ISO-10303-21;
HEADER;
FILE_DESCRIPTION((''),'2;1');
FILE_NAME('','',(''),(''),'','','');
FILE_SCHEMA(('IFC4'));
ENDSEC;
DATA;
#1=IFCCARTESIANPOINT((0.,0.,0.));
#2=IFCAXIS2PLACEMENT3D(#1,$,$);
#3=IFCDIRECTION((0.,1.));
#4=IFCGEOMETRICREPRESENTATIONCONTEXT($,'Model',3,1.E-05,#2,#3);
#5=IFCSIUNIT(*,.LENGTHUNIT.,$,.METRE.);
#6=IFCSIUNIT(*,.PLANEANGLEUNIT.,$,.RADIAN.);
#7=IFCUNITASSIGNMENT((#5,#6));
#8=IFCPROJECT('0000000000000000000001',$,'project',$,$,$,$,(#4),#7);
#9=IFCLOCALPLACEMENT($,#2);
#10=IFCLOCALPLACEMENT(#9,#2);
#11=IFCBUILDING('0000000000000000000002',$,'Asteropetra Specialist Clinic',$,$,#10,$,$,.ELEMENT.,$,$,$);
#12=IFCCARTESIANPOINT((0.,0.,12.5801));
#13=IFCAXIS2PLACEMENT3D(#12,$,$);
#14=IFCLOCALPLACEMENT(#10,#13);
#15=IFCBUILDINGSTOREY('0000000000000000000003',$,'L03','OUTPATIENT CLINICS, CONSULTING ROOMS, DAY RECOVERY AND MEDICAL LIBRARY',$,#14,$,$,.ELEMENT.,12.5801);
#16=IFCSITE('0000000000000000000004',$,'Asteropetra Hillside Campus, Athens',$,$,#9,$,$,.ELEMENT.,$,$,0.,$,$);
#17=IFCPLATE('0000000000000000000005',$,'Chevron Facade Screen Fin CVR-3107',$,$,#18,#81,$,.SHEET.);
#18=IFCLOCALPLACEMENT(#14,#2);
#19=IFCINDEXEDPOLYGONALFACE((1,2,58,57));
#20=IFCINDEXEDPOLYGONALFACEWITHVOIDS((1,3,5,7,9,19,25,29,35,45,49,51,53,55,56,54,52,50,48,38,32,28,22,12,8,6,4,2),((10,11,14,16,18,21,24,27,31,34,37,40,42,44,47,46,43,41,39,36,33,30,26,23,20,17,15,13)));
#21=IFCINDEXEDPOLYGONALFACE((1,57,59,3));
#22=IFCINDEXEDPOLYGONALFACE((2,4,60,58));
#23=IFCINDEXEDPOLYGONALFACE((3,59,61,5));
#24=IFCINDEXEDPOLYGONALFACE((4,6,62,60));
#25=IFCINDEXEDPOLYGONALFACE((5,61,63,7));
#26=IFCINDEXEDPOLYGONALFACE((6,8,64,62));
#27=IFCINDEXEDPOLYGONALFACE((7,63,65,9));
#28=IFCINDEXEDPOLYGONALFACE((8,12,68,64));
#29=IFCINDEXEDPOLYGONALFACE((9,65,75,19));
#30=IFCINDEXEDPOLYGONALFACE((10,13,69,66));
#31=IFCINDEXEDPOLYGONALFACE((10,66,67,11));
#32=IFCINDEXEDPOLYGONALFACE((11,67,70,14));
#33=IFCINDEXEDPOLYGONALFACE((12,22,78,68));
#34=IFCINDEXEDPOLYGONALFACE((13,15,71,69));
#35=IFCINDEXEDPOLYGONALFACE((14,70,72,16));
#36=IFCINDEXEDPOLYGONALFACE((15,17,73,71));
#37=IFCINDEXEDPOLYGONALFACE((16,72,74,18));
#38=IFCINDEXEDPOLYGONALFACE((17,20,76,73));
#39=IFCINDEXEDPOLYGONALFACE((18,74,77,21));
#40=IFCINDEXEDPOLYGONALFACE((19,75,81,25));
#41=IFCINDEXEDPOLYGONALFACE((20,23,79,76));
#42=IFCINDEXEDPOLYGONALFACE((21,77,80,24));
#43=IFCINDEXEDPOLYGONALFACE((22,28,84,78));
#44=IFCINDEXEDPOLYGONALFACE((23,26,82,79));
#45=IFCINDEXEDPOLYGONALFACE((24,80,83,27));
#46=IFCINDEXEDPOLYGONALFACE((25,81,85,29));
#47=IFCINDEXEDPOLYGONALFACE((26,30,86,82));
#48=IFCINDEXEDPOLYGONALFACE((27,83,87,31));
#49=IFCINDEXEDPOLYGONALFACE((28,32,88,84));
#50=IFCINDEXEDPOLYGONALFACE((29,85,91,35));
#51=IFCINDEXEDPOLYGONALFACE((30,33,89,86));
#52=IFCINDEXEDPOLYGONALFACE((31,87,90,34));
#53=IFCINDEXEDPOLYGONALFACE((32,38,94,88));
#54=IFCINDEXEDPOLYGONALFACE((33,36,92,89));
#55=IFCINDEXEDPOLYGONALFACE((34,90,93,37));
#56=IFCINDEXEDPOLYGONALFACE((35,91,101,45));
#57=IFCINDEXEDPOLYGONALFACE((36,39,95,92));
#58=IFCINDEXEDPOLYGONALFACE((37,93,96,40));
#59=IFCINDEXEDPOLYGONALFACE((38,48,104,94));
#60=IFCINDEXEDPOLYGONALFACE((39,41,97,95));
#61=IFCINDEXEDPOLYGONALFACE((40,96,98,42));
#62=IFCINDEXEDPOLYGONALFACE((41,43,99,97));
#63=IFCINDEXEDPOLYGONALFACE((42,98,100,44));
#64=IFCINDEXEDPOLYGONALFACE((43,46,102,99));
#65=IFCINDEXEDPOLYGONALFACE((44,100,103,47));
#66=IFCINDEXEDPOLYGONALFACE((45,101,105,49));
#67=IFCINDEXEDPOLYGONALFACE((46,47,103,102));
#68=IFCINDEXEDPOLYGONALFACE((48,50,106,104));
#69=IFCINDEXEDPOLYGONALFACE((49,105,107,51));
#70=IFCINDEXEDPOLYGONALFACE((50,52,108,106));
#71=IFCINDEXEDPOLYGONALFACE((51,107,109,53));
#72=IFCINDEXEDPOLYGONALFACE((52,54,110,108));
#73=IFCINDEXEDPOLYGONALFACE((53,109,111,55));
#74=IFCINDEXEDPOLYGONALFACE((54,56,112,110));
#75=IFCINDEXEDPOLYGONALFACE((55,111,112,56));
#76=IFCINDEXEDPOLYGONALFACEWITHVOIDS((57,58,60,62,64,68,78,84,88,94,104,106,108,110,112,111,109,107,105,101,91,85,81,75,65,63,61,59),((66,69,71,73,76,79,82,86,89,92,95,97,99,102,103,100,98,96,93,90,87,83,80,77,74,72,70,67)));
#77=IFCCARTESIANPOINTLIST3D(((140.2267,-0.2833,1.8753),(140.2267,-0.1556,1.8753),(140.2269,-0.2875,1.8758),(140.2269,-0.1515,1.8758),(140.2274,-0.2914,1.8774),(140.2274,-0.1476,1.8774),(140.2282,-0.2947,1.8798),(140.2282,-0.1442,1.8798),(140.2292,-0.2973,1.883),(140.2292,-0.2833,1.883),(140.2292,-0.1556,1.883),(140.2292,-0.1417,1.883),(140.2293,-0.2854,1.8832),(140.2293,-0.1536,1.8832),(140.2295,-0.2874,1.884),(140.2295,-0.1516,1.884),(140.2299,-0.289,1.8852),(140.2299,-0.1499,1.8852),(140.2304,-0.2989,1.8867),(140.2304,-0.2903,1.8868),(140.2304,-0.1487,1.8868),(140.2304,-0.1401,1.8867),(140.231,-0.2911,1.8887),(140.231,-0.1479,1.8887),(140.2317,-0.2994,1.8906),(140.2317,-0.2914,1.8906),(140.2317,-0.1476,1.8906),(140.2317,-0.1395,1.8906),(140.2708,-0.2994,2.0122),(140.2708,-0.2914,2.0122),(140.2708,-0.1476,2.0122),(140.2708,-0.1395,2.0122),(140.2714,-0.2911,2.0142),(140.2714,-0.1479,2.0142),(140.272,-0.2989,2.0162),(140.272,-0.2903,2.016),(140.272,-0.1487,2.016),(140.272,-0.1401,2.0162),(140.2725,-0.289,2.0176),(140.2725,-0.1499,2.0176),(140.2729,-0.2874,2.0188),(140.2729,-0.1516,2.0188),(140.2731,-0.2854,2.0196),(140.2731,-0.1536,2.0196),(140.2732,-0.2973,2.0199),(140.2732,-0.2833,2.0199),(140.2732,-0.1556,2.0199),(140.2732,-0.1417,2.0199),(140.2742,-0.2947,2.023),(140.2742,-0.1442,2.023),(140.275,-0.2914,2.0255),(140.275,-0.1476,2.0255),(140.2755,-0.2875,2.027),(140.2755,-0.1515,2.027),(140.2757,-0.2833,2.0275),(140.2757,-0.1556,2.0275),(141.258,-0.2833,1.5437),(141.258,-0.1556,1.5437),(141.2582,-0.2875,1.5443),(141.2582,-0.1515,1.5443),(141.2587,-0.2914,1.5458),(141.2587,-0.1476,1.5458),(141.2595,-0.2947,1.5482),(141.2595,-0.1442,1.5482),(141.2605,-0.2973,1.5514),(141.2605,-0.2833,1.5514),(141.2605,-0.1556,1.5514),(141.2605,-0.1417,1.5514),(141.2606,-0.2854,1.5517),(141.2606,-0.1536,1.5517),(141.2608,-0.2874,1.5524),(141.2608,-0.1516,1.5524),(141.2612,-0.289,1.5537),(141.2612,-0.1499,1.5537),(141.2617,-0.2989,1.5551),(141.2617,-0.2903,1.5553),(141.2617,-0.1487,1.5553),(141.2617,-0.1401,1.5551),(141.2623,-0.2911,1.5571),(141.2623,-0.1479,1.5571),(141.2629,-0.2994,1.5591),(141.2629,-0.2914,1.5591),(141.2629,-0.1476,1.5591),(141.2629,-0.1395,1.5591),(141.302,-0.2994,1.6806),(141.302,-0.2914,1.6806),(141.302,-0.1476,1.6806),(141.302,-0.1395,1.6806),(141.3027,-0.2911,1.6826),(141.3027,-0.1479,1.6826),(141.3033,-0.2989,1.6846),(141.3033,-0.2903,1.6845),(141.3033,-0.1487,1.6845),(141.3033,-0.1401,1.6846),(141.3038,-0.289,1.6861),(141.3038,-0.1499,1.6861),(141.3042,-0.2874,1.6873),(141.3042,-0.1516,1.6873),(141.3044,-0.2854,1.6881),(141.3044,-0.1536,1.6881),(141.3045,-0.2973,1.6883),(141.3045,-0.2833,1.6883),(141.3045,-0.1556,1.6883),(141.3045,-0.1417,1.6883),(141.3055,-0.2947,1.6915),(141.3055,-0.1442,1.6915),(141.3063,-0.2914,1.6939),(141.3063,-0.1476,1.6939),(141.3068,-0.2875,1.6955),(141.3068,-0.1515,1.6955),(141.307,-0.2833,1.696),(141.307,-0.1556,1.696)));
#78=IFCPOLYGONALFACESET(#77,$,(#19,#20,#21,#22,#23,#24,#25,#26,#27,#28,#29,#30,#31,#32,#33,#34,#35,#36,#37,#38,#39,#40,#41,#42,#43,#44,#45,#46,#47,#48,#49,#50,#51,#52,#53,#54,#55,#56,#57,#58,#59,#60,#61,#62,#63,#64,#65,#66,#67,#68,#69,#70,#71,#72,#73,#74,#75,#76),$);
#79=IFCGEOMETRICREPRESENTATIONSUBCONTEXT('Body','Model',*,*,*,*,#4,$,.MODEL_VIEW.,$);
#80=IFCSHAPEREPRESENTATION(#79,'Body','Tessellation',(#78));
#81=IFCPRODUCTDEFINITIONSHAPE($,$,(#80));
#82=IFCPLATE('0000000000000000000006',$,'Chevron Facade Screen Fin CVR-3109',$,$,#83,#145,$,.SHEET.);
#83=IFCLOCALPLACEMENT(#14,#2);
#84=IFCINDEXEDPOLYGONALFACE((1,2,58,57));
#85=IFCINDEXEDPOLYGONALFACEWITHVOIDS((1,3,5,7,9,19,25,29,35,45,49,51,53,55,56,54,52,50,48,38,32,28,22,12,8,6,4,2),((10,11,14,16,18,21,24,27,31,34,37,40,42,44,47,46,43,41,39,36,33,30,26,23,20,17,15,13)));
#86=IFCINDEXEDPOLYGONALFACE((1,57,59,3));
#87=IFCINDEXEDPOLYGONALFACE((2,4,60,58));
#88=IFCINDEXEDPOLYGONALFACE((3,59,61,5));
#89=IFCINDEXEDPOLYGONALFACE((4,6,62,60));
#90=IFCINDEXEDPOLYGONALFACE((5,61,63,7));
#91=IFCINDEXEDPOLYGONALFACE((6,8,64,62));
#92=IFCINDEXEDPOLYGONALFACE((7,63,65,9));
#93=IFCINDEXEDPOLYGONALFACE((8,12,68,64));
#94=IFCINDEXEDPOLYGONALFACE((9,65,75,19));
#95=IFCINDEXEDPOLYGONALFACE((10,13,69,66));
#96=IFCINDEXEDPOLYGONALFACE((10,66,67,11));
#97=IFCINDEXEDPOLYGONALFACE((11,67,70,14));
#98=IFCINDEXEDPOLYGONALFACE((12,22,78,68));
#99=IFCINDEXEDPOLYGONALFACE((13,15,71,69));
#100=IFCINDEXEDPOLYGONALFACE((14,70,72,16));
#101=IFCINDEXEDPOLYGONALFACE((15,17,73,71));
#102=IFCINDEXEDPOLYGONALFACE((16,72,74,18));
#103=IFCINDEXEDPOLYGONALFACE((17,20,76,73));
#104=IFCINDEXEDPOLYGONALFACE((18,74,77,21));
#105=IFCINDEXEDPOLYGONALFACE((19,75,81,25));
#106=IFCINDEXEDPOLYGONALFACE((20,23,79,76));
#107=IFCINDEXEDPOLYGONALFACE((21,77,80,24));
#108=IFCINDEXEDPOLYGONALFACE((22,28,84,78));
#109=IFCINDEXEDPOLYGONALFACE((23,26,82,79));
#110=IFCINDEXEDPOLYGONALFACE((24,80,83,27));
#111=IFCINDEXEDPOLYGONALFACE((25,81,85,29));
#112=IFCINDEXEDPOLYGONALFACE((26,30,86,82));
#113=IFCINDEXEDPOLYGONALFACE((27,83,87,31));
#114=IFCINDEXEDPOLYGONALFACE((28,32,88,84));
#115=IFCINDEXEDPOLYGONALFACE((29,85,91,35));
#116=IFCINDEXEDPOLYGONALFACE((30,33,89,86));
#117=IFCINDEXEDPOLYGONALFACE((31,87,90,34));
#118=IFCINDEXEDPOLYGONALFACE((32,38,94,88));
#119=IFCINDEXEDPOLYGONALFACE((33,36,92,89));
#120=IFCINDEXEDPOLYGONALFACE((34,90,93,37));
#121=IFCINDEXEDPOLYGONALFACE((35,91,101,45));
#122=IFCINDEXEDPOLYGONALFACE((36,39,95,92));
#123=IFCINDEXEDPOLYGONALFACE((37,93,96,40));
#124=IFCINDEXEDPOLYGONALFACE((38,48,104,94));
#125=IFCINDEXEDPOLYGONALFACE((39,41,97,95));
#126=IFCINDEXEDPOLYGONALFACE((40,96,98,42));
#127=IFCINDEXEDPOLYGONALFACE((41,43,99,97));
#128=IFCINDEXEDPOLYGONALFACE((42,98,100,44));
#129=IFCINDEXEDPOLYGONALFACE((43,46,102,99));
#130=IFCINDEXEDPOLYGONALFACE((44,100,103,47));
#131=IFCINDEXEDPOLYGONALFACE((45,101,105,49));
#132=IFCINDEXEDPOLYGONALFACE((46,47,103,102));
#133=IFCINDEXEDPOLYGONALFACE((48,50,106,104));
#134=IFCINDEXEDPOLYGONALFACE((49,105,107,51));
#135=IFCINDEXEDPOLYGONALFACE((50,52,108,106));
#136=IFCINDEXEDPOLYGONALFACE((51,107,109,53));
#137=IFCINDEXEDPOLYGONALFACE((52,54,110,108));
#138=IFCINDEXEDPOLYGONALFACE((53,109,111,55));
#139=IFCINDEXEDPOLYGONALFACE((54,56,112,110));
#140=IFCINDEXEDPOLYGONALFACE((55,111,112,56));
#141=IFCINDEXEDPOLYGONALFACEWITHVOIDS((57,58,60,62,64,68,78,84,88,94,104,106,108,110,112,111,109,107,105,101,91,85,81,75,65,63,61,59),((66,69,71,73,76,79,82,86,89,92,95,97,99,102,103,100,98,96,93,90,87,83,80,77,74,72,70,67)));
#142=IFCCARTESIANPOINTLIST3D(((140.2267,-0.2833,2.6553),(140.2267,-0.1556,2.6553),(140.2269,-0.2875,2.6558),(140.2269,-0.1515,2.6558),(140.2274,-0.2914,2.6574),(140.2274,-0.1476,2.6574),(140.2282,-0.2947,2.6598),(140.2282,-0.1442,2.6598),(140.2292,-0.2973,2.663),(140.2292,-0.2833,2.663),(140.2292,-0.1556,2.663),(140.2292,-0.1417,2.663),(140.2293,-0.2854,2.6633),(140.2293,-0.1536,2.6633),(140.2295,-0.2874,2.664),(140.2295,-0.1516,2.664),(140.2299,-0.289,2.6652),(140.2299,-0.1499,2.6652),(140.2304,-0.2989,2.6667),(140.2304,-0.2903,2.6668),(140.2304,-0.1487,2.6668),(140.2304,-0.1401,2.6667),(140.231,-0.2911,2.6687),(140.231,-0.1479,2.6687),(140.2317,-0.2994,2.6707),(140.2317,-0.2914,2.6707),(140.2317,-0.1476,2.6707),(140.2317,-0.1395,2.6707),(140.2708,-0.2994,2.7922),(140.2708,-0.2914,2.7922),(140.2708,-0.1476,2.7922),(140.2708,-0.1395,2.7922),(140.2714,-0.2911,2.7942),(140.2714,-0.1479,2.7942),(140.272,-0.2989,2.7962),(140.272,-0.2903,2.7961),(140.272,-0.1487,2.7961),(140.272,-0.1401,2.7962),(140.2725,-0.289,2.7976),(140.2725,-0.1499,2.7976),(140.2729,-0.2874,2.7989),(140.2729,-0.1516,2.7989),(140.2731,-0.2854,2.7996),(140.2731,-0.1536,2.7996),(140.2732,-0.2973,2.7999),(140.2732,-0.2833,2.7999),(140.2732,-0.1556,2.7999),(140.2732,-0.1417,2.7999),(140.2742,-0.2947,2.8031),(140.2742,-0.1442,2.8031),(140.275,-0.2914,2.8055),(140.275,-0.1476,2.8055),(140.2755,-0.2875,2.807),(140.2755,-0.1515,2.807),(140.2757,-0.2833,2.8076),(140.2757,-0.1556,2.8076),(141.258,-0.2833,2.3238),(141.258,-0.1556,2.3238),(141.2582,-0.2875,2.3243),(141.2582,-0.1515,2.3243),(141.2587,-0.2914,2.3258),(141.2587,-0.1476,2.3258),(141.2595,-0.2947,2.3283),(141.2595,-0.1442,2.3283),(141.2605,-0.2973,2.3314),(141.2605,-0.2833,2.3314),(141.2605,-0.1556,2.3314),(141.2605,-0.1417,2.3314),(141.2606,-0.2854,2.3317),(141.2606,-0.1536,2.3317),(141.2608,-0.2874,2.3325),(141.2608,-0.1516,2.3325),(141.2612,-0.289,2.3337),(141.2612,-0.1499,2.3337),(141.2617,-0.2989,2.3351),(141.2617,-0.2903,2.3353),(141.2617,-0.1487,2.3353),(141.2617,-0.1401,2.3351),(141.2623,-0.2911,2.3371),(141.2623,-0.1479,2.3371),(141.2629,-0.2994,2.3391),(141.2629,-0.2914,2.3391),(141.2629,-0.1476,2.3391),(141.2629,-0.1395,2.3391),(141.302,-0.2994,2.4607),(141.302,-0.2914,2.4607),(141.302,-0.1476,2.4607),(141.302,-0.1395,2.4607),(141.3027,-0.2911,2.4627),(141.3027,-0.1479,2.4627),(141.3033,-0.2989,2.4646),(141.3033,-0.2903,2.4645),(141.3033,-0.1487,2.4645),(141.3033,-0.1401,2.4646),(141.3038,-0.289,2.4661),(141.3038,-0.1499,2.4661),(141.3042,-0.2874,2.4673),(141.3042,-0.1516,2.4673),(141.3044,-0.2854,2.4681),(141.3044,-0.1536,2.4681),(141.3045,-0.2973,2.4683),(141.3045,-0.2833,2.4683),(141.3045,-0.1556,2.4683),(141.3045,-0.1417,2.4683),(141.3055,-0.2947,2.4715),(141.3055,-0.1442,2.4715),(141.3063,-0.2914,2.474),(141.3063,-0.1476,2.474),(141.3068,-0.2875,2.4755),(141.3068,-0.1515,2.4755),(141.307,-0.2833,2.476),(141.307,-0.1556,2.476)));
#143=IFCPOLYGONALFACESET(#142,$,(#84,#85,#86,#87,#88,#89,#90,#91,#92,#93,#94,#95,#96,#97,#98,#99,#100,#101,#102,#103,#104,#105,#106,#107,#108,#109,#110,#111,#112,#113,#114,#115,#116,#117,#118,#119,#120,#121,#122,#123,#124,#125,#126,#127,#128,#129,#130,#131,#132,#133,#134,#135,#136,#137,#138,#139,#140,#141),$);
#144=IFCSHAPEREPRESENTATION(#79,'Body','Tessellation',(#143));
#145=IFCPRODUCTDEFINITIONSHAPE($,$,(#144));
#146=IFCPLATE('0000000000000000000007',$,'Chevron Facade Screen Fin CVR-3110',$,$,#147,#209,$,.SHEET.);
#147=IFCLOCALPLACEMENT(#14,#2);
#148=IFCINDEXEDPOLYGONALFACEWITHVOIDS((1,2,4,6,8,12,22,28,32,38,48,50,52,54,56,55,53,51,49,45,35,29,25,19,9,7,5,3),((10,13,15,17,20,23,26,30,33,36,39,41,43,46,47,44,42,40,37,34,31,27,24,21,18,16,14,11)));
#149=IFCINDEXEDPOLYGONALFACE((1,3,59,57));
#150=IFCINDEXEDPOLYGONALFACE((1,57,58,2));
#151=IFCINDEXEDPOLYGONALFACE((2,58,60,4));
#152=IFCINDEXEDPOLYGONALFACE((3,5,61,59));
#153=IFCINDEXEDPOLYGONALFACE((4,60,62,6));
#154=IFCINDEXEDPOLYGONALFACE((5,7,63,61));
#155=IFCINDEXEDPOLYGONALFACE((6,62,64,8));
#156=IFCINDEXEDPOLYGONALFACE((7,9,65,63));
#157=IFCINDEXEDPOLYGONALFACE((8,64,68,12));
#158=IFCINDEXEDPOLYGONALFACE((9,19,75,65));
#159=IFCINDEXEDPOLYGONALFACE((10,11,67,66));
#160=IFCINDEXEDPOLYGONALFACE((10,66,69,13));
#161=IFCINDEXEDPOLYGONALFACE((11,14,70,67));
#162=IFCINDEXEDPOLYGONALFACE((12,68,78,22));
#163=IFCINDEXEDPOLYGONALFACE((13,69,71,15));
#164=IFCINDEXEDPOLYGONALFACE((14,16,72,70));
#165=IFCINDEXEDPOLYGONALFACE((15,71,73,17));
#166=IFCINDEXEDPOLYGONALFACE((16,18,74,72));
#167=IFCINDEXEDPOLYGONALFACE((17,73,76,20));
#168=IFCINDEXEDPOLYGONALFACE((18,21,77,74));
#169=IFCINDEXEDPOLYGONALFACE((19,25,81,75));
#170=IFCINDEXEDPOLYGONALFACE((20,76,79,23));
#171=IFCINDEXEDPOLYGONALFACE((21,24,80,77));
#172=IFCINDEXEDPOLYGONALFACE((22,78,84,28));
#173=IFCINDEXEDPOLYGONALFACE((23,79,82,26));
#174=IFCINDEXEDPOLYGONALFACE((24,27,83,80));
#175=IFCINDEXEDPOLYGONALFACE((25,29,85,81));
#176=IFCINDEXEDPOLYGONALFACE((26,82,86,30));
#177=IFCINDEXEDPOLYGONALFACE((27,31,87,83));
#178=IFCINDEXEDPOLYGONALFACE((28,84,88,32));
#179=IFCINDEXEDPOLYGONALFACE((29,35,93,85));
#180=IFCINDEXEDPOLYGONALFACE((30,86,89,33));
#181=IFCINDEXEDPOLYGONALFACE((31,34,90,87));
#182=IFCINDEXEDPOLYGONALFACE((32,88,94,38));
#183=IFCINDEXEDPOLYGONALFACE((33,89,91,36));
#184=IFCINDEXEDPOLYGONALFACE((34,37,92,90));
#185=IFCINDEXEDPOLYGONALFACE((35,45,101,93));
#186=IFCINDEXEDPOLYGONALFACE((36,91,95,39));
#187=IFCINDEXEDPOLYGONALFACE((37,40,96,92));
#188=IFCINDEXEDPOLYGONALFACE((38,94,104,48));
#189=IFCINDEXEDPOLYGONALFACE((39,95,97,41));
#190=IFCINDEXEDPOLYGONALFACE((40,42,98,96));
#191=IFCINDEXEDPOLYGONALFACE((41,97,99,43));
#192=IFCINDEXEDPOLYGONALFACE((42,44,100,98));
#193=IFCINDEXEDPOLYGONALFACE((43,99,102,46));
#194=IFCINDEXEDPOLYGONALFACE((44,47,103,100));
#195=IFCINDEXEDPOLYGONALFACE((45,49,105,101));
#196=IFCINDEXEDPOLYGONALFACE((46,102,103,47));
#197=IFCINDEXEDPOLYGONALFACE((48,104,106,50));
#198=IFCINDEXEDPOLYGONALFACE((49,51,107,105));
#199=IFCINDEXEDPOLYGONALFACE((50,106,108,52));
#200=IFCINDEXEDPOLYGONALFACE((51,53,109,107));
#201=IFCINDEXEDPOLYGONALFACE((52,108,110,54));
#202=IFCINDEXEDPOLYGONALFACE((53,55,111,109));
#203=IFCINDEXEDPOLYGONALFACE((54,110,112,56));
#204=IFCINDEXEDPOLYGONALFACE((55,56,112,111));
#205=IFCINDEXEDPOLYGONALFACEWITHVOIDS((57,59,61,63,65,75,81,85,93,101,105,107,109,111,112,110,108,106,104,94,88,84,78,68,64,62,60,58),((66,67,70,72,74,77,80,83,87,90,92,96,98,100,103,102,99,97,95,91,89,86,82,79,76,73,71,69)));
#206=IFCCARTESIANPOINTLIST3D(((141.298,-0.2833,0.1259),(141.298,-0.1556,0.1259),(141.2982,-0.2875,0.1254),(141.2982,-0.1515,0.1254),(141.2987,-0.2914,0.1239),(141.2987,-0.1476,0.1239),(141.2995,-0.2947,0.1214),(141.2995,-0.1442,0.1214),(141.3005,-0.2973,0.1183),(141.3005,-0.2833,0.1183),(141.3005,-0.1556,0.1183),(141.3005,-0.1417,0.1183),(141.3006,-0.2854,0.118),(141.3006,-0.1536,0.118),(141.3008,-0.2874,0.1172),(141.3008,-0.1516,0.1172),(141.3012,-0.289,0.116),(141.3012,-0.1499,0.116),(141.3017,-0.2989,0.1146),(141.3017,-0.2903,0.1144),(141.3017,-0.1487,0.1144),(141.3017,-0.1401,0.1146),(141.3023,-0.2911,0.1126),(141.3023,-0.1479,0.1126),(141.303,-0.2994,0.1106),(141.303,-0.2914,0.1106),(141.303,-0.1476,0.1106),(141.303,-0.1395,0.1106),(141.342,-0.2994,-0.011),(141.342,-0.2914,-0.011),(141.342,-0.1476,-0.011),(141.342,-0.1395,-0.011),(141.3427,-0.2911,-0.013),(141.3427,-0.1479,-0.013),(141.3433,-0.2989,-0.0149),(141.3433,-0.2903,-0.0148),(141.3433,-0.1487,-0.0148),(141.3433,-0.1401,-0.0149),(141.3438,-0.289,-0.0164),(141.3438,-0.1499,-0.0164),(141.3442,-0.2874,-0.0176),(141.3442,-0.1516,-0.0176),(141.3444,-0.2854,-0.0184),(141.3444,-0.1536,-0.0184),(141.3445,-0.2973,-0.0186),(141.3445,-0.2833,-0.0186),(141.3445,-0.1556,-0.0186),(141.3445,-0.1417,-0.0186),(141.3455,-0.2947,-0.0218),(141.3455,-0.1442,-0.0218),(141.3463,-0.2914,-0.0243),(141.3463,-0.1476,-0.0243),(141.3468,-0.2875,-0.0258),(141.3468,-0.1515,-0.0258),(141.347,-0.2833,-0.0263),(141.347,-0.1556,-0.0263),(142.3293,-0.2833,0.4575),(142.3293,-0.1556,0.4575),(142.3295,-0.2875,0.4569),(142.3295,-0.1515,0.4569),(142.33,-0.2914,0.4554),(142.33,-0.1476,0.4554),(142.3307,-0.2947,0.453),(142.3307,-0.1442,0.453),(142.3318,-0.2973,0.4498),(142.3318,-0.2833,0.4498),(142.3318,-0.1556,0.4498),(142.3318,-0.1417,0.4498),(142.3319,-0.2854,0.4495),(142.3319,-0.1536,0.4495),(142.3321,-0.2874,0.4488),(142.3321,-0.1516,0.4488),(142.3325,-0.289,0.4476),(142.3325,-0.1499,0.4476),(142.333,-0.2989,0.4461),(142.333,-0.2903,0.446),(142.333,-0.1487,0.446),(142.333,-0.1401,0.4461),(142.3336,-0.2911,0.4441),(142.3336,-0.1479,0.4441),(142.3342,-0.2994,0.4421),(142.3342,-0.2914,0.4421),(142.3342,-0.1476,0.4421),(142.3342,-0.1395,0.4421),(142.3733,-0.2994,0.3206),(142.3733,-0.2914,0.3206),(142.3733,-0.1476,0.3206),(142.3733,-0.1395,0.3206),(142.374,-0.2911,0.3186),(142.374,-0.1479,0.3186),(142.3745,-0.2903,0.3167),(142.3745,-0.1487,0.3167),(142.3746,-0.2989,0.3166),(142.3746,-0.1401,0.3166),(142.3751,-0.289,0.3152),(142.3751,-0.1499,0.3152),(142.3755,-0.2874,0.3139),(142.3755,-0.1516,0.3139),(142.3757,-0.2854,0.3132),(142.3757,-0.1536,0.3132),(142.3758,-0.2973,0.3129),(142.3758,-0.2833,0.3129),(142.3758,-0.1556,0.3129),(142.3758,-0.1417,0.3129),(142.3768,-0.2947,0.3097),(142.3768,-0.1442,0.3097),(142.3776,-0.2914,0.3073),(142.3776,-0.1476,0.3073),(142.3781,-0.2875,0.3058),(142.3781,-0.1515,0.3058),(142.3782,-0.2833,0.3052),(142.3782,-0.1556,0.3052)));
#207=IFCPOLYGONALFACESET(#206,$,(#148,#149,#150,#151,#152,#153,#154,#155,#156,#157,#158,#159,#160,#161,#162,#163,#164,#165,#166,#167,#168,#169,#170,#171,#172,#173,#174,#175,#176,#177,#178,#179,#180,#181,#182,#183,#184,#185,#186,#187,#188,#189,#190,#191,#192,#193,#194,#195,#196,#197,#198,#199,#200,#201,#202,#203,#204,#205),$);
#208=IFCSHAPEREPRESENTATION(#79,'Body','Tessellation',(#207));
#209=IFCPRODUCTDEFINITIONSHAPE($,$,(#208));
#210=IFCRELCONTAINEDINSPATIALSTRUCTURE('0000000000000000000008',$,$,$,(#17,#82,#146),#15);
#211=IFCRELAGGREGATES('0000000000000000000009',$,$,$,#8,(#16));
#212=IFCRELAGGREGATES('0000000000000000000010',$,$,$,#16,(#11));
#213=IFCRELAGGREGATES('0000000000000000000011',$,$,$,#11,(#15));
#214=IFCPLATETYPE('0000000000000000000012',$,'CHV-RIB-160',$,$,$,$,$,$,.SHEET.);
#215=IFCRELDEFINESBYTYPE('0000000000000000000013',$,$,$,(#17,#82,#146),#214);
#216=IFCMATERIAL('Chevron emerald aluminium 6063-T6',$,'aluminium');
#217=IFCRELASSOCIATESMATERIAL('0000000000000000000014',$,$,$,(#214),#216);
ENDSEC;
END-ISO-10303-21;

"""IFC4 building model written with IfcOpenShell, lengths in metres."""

from ifc_helpers import new_model, si_unit, direction, frame, origin, origin_2d, place, context, subcontext, project, spatial, hollow_rectangle, extrude, material, material_profile, profile_set, type_object, element, save


model = new_model("IFC4")

# Units and contexts
model_context = context("Model", 3, precision=1e-05, world=origin(), true_north=direction((0.0, 1.0)))
body_context = subcontext(model_context, "Body", "Model", "MODEL_VIEW")
ifc_project = project(units=[si_unit("LENGTHUNIT", "METRE"), si_unit("PLANEANGLEUNIT", "RADIAN")], contexts=[model_context])

# Site, building, storey
site_placement = place(None, origin())
site = spatial("IfcSite", under=ifc_project, at=site_placement, Name="Asteropetra Hillside Campus, Athens", CompositionType="ELEMENT", RefElevation=0.0)
building_placement = place(site_placement, origin())
building = spatial("IfcBuilding", under=site, at=building_placement, Name="Asteropetra Specialist Clinic", CompositionType="ELEMENT")
storey_placement = place(building_placement, frame((0.0, 0.0, 12.5801)))
storey = spatial("IfcBuildingStorey", under=building, at=storey_placement, Name="L03", Description="OUTPATIENT CLINICS, CONSULTING ROOMS, DAY RECOVERY AND MEDICAL LIBRARY", CompositionType="ELEMENT", Elevation=12.5801)

# Plates
ifc_material_1 = material(Name="Chevron emerald aluminium 6063-T6", Category="aluminium")
ifc_material_profile_1 = material_profile(ifc_material_1, hollow_rectangle(XDim=0.1599, YDim=0.1599, WallThickness=0.0081, InnerFilletRadius=0.0081, OuterFilletRadius=0.0161, at=origin_2d()), Name="SHS 160x160x8.0")
ifc_profile_set_1 = profile_set([ifc_material_profile_1], Name="Chevron emerald aluminium 6063-T6")
plate_type_1 = type_object("IfcPlateType", Name="CHV-RIB-160", PredefinedType="SHEET", material=ifc_profile_set_1)
for number, where, z_axis, x_axis, name in (
    (1, (140.2512, -0.2195, 1.9514), (0.95201, 0.0, -0.306068), (0.0, 1.0, 0.0), "Chevron Facade Screen Fin CVR-3107"),
    (2, (140.2512, -0.2195, 2.7314), (0.95201, 0.0, -0.306068), (0.0, 1.0, 0.0), "Chevron Facade Screen Fin CVR-3109"),
    (3, (141.3225, -0.2195, 0.0498), (0.95201, 0.0, 0.306068), (0.0, 1.0, 0.0), "Chevron Facade Screen Fin CVR-3110"),
):
    element("IfcPlate", number, at=place(storey_placement, frame(where, z_axis=z_axis, x_axis=x_axis)), inside=storey, type_object=plate_type_1, Name=name, PredefinedType="SHEET", context=body_context, shape_type="SweptSolid", body=[
        extrude(hollow_rectangle(XDim=0.1599, YDim=0.1599, WallThickness=0.0081, InnerFilletRadius=0.0081, OuterFilletRadius=0.0161, at=origin_2d()), origin(), (0.0, 0.0, 1.0), 1.0833),
    ])

save(model, "model.ifc")
